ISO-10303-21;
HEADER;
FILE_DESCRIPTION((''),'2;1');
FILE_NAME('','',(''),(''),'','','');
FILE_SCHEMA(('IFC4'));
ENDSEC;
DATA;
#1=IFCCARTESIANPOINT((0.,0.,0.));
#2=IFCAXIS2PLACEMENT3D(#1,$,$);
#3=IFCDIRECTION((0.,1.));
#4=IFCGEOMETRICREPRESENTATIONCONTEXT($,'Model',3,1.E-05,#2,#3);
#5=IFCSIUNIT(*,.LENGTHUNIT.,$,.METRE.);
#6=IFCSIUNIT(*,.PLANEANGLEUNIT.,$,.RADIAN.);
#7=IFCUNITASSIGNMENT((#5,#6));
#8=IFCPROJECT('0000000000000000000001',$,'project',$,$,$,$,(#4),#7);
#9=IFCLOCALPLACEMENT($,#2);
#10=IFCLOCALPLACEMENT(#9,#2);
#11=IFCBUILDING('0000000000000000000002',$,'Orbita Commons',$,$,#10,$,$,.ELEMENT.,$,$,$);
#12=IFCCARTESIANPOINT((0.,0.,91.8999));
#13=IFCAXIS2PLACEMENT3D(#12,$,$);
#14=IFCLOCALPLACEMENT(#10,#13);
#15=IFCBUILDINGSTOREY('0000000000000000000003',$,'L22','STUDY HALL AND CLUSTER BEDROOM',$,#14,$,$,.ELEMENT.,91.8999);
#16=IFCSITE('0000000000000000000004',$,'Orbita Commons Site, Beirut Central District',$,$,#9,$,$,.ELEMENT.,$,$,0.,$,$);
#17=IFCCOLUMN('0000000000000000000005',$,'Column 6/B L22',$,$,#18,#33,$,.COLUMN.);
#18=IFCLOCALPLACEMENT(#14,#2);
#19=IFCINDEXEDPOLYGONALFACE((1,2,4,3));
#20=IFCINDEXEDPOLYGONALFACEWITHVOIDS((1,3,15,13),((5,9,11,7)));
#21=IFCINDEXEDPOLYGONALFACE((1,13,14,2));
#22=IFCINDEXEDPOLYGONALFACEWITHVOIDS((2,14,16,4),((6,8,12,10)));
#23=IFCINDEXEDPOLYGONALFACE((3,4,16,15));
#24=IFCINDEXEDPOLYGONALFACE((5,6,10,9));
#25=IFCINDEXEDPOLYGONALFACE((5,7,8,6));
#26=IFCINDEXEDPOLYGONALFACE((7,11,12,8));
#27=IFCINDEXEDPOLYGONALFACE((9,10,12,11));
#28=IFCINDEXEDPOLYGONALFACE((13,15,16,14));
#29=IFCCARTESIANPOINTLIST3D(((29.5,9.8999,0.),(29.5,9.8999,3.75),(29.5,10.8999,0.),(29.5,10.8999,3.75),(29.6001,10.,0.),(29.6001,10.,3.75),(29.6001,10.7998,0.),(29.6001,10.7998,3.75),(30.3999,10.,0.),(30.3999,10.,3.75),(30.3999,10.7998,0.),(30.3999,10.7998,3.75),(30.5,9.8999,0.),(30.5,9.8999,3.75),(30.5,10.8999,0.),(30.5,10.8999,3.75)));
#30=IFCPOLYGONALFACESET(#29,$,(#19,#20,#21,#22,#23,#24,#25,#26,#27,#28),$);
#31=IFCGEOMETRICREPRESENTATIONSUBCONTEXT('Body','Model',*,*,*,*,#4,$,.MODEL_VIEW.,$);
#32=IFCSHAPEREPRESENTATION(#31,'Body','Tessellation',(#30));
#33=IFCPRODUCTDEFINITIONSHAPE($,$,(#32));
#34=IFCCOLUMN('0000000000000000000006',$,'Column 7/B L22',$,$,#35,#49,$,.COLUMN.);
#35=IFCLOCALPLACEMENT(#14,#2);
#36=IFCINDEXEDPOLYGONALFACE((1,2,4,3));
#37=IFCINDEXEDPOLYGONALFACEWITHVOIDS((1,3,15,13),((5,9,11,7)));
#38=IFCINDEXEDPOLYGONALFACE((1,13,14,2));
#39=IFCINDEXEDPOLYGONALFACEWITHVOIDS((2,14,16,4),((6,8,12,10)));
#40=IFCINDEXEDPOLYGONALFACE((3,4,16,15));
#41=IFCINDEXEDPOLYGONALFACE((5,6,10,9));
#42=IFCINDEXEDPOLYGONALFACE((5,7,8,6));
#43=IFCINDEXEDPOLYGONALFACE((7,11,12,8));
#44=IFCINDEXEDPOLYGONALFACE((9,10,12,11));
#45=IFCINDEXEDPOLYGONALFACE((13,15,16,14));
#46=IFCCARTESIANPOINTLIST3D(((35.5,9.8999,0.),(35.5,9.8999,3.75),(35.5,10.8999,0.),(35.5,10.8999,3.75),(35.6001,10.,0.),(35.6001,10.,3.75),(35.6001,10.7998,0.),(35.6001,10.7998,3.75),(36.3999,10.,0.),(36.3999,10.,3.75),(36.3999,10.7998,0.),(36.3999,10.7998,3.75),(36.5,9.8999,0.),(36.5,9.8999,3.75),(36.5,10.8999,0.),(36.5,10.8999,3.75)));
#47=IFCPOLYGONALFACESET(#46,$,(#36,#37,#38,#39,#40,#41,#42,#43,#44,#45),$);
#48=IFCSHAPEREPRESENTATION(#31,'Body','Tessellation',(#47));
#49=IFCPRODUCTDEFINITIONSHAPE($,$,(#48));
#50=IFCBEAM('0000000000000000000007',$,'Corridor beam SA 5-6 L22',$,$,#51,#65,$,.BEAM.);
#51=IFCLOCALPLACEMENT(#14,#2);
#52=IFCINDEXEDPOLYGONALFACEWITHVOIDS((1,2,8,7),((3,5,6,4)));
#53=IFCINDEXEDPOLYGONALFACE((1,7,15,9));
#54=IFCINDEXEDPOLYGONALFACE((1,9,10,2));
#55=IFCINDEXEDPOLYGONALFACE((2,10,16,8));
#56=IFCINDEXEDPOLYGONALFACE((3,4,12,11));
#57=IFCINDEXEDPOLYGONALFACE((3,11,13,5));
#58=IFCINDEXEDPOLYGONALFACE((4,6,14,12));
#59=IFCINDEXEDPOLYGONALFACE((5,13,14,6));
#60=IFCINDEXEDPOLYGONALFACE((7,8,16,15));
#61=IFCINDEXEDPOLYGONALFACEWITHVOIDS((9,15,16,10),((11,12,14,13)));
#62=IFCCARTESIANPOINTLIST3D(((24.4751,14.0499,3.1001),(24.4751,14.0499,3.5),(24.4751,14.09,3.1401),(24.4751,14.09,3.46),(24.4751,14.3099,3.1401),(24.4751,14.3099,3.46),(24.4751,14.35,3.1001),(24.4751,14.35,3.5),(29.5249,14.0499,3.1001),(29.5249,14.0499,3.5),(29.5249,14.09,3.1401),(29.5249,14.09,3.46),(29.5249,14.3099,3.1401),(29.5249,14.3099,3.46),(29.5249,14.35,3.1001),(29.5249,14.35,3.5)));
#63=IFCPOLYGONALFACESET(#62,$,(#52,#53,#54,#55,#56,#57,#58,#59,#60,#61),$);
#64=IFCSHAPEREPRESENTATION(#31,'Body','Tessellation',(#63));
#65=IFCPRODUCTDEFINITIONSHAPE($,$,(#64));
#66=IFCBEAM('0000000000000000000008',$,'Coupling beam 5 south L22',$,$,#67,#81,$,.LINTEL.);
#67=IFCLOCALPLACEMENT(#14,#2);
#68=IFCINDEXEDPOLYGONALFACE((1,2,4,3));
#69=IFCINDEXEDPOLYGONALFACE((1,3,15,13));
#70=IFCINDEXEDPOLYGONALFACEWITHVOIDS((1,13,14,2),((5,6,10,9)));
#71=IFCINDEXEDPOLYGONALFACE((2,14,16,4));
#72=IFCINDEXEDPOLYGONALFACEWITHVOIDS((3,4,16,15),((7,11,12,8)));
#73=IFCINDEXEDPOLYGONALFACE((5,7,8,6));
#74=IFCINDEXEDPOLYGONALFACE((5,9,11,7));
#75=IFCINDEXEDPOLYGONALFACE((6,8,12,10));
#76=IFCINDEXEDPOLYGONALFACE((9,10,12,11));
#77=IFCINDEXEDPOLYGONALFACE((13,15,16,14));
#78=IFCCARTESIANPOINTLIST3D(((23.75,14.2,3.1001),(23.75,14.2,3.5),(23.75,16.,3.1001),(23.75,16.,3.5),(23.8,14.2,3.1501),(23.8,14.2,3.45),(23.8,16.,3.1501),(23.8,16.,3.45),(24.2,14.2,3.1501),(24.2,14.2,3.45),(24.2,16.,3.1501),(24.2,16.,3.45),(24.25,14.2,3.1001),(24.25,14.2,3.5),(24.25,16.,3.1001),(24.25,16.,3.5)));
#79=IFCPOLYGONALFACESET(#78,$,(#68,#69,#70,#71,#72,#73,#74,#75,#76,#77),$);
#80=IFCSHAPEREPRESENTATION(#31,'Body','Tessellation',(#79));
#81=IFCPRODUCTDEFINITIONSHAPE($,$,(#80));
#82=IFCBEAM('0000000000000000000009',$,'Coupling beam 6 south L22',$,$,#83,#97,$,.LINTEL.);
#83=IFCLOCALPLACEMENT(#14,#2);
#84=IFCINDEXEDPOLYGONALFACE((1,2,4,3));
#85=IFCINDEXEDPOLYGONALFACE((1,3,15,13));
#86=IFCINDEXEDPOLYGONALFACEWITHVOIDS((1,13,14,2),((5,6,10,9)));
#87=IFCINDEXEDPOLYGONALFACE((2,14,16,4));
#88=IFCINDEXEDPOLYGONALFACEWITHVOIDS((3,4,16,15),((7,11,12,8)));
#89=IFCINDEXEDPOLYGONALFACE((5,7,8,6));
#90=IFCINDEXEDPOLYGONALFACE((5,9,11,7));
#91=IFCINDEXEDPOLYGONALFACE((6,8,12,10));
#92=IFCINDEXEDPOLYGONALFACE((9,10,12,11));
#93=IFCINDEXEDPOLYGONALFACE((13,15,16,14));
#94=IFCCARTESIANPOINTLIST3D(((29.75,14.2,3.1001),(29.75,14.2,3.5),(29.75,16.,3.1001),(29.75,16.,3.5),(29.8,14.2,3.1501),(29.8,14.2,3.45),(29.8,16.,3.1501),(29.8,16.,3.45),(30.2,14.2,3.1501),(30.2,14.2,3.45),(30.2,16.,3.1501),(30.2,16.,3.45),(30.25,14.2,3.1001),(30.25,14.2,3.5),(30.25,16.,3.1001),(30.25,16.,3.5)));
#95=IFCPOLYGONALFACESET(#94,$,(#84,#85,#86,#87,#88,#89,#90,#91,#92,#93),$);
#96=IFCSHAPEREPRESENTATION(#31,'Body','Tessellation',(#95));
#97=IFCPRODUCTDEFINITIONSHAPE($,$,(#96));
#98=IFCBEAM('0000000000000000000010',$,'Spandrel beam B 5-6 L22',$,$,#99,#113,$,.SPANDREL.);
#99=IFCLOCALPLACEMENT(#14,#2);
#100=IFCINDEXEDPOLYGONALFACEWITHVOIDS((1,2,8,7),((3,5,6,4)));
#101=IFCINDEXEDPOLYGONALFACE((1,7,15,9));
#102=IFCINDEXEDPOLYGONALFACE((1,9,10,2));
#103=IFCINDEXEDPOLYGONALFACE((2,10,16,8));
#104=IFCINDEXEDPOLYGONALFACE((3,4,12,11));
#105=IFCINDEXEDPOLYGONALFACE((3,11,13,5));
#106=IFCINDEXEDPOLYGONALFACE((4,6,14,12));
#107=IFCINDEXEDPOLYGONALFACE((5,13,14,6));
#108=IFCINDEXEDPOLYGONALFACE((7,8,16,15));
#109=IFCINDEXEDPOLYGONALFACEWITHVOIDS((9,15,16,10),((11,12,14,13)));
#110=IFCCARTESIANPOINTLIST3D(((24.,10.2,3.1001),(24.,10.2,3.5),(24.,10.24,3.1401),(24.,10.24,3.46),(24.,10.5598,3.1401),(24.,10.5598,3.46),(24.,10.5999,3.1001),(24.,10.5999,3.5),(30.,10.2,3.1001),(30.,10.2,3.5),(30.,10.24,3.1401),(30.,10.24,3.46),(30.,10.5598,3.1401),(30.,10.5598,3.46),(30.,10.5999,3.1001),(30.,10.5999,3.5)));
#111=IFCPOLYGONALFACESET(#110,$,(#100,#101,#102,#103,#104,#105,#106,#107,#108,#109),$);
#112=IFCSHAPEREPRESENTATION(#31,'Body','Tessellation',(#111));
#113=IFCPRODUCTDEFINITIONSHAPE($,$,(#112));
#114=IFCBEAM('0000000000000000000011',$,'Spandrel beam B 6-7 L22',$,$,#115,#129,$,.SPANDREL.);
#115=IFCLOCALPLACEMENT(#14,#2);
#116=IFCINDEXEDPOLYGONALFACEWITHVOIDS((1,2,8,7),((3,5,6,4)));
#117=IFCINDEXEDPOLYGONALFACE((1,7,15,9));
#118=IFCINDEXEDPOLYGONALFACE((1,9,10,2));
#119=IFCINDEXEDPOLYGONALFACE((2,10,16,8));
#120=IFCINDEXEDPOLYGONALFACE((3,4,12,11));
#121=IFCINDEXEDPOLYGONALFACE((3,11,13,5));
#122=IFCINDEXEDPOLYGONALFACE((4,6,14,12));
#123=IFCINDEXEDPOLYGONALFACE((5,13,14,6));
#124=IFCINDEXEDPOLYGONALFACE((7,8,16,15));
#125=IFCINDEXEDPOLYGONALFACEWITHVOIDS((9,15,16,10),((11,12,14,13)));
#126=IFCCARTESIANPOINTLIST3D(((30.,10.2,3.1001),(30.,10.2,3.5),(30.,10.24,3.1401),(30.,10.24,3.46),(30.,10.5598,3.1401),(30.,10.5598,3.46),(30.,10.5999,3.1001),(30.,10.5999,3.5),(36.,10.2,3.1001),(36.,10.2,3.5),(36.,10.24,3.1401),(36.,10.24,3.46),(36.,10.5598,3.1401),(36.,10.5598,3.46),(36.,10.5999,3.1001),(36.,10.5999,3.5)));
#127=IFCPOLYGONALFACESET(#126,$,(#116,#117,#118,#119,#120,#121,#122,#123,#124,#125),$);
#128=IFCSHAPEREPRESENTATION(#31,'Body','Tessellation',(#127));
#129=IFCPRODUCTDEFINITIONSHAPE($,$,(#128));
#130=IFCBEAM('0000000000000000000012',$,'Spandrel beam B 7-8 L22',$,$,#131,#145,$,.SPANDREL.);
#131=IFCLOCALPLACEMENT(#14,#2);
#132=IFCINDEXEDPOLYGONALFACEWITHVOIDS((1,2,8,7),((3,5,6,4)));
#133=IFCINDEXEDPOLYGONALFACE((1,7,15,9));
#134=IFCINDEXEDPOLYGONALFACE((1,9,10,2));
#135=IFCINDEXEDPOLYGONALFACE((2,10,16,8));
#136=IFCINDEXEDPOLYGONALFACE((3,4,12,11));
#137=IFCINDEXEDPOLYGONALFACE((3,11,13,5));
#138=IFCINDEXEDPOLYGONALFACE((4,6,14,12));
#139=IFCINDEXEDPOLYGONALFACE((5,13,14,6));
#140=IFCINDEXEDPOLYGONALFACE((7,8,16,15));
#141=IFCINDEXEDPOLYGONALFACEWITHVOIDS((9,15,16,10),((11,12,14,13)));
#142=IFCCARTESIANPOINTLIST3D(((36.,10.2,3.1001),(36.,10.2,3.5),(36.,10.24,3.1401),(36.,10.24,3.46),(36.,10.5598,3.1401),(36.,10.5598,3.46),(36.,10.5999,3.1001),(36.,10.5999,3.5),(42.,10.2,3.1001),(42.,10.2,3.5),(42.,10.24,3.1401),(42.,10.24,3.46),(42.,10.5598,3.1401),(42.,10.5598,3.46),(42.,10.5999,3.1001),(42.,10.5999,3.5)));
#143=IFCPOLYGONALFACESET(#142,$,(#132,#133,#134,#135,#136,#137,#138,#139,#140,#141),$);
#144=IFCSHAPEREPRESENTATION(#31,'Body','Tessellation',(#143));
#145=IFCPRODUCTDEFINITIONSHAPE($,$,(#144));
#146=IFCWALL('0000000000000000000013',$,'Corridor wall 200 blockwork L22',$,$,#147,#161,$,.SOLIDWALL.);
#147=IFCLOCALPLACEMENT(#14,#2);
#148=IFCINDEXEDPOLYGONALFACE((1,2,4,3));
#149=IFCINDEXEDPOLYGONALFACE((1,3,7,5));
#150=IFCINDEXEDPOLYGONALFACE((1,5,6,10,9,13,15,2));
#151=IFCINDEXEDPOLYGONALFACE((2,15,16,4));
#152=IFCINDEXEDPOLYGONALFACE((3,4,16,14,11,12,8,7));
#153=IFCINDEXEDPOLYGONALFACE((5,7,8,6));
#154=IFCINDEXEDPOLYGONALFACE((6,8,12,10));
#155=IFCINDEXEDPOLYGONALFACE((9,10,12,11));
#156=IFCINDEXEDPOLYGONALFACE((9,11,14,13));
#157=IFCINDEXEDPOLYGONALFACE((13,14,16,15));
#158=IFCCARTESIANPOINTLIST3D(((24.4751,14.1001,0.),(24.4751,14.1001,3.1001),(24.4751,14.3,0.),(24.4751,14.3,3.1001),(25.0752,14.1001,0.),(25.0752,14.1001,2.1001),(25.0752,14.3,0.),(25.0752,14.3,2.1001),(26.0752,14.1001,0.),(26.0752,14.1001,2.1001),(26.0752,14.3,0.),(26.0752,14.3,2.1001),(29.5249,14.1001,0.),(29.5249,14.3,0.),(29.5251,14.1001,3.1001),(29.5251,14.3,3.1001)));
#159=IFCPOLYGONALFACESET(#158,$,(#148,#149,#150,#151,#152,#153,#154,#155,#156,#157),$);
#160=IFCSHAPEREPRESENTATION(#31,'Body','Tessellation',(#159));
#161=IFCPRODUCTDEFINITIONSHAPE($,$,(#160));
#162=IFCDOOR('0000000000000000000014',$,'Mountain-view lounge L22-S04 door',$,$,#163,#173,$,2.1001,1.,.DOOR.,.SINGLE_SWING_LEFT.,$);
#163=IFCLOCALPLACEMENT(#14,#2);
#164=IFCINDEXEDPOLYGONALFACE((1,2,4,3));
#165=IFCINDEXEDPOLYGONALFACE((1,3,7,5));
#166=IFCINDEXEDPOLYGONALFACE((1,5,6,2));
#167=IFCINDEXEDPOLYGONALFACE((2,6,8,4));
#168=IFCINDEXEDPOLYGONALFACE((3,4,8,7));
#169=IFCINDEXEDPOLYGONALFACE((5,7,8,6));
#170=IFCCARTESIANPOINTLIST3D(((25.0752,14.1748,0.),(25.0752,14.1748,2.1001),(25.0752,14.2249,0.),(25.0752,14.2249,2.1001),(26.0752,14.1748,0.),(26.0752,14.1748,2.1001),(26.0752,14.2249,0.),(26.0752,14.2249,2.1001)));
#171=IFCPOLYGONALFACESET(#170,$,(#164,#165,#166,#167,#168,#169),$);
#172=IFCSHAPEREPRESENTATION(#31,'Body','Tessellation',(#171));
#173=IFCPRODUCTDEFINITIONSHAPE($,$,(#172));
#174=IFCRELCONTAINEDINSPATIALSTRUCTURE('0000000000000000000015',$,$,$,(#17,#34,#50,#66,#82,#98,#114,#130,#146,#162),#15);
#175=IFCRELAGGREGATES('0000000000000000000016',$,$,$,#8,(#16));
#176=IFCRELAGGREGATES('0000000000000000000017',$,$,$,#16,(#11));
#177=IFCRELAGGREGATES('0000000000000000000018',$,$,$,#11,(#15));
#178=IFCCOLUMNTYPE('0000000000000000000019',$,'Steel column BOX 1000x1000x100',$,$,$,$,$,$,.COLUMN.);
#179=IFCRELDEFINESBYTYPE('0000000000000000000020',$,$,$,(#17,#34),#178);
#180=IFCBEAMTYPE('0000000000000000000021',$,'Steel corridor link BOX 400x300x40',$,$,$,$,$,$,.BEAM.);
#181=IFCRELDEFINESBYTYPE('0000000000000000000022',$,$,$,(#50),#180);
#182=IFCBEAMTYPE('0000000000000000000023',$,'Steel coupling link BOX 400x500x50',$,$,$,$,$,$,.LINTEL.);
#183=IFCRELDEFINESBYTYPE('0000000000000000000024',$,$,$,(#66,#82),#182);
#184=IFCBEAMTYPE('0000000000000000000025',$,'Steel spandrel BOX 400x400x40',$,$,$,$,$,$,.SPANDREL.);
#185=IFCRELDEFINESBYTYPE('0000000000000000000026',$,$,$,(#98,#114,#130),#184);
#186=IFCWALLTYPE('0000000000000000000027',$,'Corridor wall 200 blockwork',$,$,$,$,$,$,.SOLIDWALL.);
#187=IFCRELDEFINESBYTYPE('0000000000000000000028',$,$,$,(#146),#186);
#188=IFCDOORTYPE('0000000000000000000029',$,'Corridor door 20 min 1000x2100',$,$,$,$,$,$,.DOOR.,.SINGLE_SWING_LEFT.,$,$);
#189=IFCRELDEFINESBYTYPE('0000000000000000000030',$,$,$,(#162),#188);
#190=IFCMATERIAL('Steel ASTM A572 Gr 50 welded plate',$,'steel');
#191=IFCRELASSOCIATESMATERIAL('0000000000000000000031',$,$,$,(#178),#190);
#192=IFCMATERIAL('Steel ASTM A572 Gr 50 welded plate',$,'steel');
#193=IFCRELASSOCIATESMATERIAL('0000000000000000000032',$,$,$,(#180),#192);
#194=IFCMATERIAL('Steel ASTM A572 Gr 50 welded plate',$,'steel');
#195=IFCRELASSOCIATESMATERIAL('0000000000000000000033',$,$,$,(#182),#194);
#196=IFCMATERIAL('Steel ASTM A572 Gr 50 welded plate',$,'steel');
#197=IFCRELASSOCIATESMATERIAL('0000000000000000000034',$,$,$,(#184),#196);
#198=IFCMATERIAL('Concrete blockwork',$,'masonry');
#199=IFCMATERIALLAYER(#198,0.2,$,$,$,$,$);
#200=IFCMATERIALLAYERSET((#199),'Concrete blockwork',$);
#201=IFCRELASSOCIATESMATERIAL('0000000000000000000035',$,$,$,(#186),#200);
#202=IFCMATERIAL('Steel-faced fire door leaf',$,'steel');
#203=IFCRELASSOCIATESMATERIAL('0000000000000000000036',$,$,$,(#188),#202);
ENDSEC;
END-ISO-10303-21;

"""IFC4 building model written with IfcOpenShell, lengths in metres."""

from ifc_helpers import new_model, si_unit, direction, frame, frame_2d, origin, origin_2d, place, context, subcontext, project, spatial, polyline, rectangle, hollow_rectangle, outline, extrude, material, layer, layer_set, material_profile, profile_set, type_object, element, fill, save


model = new_model("IFC4")

# Units and contexts
model_context = context("Model", 3, precision=1e-05, world=origin(), true_north=direction((0.0, 1.0)))
body_context = subcontext(model_context, "Body", "Model", "MODEL_VIEW")
ifc_project = project(units=[si_unit("LENGTHUNIT", "METRE"), si_unit("PLANEANGLEUNIT", "RADIAN")], contexts=[model_context])

# Site, building, storey
site_placement = place(None, origin())
site = spatial("IfcSite", under=ifc_project, at=site_placement, Name="Orbita Commons Site, Beirut Central District", CompositionType="ELEMENT", RefElevation=0.0)
building_placement = place(site_placement, origin())
building = spatial("IfcBuilding", under=site, at=building_placement, Name="Orbita Commons", CompositionType="ELEMENT")
storey_placement = place(building_placement, frame((0.0, 0.0, 91.8999)))
storey = spatial("IfcBuildingStorey", under=building, at=storey_placement, Name="L22", Description="STUDY HALL AND CLUSTER BEDROOM", CompositionType="ELEMENT", Elevation=91.8999)

# Columns
ifc_material_1 = material(Name="Steel ASTM A572 Gr 50 welded plate", Category="steel")
ifc_material_profile_1 = material_profile(ifc_material_1, hollow_rectangle(XDim=1.0, YDim=1.0, WallThickness=0.1001, at=origin_2d()), Name="BOX 1000x1000x100")
ifc_profile_set_1 = profile_set([ifc_material_profile_1], Name="Steel ASTM A572 Gr 50 welded plate")
column_type = type_object("IfcColumnType", Name="Steel column BOX 1000x1000x100", PredefinedType="COLUMN", material=ifc_profile_set_1)
for number, where, z_axis, x_axis, name in (
    (1, (30.0, 10.3999, 0.0), (0.0, 0.0, 1.0), (1.0, 0.0, 0.0), "Column 6/B L22"),
    (2, (36.0, 10.3999, 0.0), (0.0, 0.0, 1.0), (1.0, 0.0, 0.0), "Column 7/B L22"),
):
    element("IfcColumn", number, at=place(storey_placement, frame(where, z_axis=z_axis, x_axis=x_axis)), inside=storey, type_object=column_type, Name=name, PredefinedType="COLUMN", context=body_context, shape_type="SweptSolid", body=[
        extrude(hollow_rectangle(XDim=1.0, YDim=1.0, WallThickness=0.1001, at=origin_2d()), origin(), (0.0, 0.0, 1.0), 3.75),
    ])

# Beams
ifc_material_2 = material(Name="Steel ASTM A572 Gr 50 welded plate", Category="steel")
ifc_material_profile_2 = material_profile(ifc_material_2, hollow_rectangle(XDim=0.3, YDim=0.3999, WallThickness=0.04, at=origin_2d()), Name="BOX 400x300x40")
ifc_profile_set_2 = profile_set([ifc_material_profile_2], Name="Steel ASTM A572 Gr 50 welded plate")
beam_type_1 = type_object("IfcBeamType", Name="Steel corridor link BOX 400x300x40", PredefinedType="BEAM", material=ifc_profile_set_2)
beam_placement = place(storey_placement, frame((24.4751, 14.2, 3.3), z_axis=(1.0, 0.0, 0.0), x_axis=(0.0, 1.0, 0.0)))
element("IfcBeam", 3, at=beam_placement, inside=storey, type_object=beam_type_1, Name="Corridor beam SA 5-6 L22", PredefinedType="BEAM", context=body_context, shape_type="SweptSolid", body=[
    extrude(hollow_rectangle(XDim=0.3, YDim=0.3999, WallThickness=0.04, at=origin_2d()), origin(), (0.0, 0.0, 1.0), 5.0498),
])
ifc_material_3 = material(Name="Steel ASTM A572 Gr 50 welded plate", Category="steel")
ifc_material_profile_3 = material_profile(ifc_material_3, hollow_rectangle(XDim=0.5, YDim=0.3999, WallThickness=0.05, at=origin_2d()), Name="BOX 400x500x50")
ifc_profile_set_3 = profile_set([ifc_material_profile_3], Name="Steel ASTM A572 Gr 50 welded plate")
beam_type_2 = type_object("IfcBeamType", Name="Steel coupling link BOX 400x500x50", PredefinedType="LINTEL", material=ifc_profile_set_3)
for number, where, z_axis, x_axis, name in (
    (4, (24.0, 14.2, 3.3), (0.0, 1.0, 0.0), (-1.0, 0.0, 0.0), "Coupling beam 5 south L22"),
    (5, (30.0, 14.2, 3.3), (0.0, 1.0, 0.0), (-1.0, 0.0, 0.0), "Coupling beam 6 south L22"),
):
    element("IfcBeam", number, at=place(storey_placement, frame(where, z_axis=z_axis, x_axis=x_axis)), inside=storey, type_object=beam_type_2, Name=name, PredefinedType="LINTEL", context=body_context, shape_type="SweptSolid", body=[
        extrude(hollow_rectangle(XDim=0.5, YDim=0.3999, WallThickness=0.05, at=origin_2d()), origin(), (0.0, 0.0, 1.0), 1.8),
    ])
ifc_material_4 = material(Name="Steel ASTM A572 Gr 50 welded plate", Category="steel")
ifc_material_profile_4 = material_profile(ifc_material_4, hollow_rectangle(XDim=0.3999, YDim=0.3999, WallThickness=0.04, at=origin_2d()), Name="BOX 400x400x40")
ifc_profile_set_4 = profile_set([ifc_material_profile_4], Name="Steel ASTM A572 Gr 50 welded plate")
beam_type_3 = type_object("IfcBeamType", Name="Steel spandrel BOX 400x400x40", PredefinedType="SPANDREL", material=ifc_profile_set_4)
for number, where, z_axis, x_axis, name in (
    (6, (24.0, 10.3999, 3.3), (1.0, 0.0, 0.0), (0.0, 1.0, 0.0), "Spandrel beam B 5-6 L22"),
    (7, (30.0, 10.3999, 3.3), (1.0, 0.0, 0.0), (0.0, 1.0, 0.0), "Spandrel beam B 6-7 L22"),
    (8, (36.0, 10.3999, 3.3), (1.0, 0.0, 0.0), (0.0, 1.0, 0.0), "Spandrel beam B 7-8 L22"),
):
    element("IfcBeam", number, at=place(storey_placement, frame(where, z_axis=z_axis, x_axis=x_axis)), inside=storey, type_object=beam_type_3, Name=name, PredefinedType="SPANDREL", context=body_context, shape_type="SweptSolid", body=[
        extrude(hollow_rectangle(XDim=0.3999, YDim=0.3999, WallThickness=0.04, at=origin_2d()), origin(), (0.0, 0.0, 1.0), 6.0),
    ])

# Wall, opening, door
ifc_material_5 = material(Name="Concrete blockwork", Category="masonry")
ifc_layer_1 = layer(ifc_material_5, 0.2)
ifc_layer_set_1 = layer_set([ifc_layer_1], Name="Concrete blockwork")
wall_type_1 = type_object("IfcWallType", Name="Corridor wall 200 blockwork", PredefinedType="SOLIDWALL", material=ifc_layer_set_1)
wall_1_placement = place(storey_placement, frame((24.4751, 14.2, 0.0), z_axis=(0.0, 0.0, 1.0), x_axis=(1.0, 0.0, 0.0)))
wall_1 = element("IfcWall", 9, at=wall_1_placement, inside=storey, type_object=wall_type_1, Name="Corridor wall 200 blockwork L22", PredefinedType="SOLIDWALL", context=body_context, shape_type="SweptSolid", body=[
    extrude(outline(polyline([(0.0, 0.0), (5.0498, 0.0), (5.05, 3.1001), (0.0, 3.1001), (0.0, 0.0)])), frame((0.0, 0.1001, 0.0), z_axis=(0.0, -1.0, 0.0), x_axis=(1.0, 0.0, 0.0)), (0.0, 0.0, 1.0), 0.2),
])
opening_1_placement = place(wall_1_placement, frame((0.6001, 0.0, 0.0)))
opening_1 = element("IfcOpeningElement", 10, at=opening_1_placement, cuts=wall_1, PredefinedType="OPENING", context=body_context, shape_type="SweptSolid", body=[
    extrude(rectangle(XDim=1.0, YDim=2.1001, at=frame_2d((0.5, 1.05))), frame((0.0, 0.1099, 0.0), z_axis=(0.0, -1.0, 0.0), x_axis=(1.0, 0.0, 0.0)), (0.0, 0.0, 1.0), 0.22),
])
ifc_material_6 = material(Name="Steel-faced fire door leaf", Category="steel")
door_type_1 = type_object("IfcDoorType", Name="Corridor door 20 min 1000x2100", OperationType="SINGLE_SWING_LEFT", PredefinedType="DOOR", material=ifc_material_6)
door_1_placement = place(opening_1_placement, origin())
door_1 = element("IfcDoor", 11, at=door_1_placement, inside=storey, type_object=door_type_1, Name="Mountain-view lounge L22-S04 door", OperationType="SINGLE_SWING_LEFT", OverallHeight=2.1001, OverallWidth=1.0, PredefinedType="DOOR", context=body_context, shape_type="SweptSolid", body=[
    extrude(rectangle(XDim=1.0, YDim=2.1001, at=frame_2d((0.5, 1.05))), frame((0.0, 0.0249, 0.0), z_axis=(0.0, -1.0, 0.0), x_axis=(1.0, 0.0, 0.0)), (0.0, 0.0, 1.0), 0.05),
])
fill(opening_1, door_1)

save(model, "model.ifc")
